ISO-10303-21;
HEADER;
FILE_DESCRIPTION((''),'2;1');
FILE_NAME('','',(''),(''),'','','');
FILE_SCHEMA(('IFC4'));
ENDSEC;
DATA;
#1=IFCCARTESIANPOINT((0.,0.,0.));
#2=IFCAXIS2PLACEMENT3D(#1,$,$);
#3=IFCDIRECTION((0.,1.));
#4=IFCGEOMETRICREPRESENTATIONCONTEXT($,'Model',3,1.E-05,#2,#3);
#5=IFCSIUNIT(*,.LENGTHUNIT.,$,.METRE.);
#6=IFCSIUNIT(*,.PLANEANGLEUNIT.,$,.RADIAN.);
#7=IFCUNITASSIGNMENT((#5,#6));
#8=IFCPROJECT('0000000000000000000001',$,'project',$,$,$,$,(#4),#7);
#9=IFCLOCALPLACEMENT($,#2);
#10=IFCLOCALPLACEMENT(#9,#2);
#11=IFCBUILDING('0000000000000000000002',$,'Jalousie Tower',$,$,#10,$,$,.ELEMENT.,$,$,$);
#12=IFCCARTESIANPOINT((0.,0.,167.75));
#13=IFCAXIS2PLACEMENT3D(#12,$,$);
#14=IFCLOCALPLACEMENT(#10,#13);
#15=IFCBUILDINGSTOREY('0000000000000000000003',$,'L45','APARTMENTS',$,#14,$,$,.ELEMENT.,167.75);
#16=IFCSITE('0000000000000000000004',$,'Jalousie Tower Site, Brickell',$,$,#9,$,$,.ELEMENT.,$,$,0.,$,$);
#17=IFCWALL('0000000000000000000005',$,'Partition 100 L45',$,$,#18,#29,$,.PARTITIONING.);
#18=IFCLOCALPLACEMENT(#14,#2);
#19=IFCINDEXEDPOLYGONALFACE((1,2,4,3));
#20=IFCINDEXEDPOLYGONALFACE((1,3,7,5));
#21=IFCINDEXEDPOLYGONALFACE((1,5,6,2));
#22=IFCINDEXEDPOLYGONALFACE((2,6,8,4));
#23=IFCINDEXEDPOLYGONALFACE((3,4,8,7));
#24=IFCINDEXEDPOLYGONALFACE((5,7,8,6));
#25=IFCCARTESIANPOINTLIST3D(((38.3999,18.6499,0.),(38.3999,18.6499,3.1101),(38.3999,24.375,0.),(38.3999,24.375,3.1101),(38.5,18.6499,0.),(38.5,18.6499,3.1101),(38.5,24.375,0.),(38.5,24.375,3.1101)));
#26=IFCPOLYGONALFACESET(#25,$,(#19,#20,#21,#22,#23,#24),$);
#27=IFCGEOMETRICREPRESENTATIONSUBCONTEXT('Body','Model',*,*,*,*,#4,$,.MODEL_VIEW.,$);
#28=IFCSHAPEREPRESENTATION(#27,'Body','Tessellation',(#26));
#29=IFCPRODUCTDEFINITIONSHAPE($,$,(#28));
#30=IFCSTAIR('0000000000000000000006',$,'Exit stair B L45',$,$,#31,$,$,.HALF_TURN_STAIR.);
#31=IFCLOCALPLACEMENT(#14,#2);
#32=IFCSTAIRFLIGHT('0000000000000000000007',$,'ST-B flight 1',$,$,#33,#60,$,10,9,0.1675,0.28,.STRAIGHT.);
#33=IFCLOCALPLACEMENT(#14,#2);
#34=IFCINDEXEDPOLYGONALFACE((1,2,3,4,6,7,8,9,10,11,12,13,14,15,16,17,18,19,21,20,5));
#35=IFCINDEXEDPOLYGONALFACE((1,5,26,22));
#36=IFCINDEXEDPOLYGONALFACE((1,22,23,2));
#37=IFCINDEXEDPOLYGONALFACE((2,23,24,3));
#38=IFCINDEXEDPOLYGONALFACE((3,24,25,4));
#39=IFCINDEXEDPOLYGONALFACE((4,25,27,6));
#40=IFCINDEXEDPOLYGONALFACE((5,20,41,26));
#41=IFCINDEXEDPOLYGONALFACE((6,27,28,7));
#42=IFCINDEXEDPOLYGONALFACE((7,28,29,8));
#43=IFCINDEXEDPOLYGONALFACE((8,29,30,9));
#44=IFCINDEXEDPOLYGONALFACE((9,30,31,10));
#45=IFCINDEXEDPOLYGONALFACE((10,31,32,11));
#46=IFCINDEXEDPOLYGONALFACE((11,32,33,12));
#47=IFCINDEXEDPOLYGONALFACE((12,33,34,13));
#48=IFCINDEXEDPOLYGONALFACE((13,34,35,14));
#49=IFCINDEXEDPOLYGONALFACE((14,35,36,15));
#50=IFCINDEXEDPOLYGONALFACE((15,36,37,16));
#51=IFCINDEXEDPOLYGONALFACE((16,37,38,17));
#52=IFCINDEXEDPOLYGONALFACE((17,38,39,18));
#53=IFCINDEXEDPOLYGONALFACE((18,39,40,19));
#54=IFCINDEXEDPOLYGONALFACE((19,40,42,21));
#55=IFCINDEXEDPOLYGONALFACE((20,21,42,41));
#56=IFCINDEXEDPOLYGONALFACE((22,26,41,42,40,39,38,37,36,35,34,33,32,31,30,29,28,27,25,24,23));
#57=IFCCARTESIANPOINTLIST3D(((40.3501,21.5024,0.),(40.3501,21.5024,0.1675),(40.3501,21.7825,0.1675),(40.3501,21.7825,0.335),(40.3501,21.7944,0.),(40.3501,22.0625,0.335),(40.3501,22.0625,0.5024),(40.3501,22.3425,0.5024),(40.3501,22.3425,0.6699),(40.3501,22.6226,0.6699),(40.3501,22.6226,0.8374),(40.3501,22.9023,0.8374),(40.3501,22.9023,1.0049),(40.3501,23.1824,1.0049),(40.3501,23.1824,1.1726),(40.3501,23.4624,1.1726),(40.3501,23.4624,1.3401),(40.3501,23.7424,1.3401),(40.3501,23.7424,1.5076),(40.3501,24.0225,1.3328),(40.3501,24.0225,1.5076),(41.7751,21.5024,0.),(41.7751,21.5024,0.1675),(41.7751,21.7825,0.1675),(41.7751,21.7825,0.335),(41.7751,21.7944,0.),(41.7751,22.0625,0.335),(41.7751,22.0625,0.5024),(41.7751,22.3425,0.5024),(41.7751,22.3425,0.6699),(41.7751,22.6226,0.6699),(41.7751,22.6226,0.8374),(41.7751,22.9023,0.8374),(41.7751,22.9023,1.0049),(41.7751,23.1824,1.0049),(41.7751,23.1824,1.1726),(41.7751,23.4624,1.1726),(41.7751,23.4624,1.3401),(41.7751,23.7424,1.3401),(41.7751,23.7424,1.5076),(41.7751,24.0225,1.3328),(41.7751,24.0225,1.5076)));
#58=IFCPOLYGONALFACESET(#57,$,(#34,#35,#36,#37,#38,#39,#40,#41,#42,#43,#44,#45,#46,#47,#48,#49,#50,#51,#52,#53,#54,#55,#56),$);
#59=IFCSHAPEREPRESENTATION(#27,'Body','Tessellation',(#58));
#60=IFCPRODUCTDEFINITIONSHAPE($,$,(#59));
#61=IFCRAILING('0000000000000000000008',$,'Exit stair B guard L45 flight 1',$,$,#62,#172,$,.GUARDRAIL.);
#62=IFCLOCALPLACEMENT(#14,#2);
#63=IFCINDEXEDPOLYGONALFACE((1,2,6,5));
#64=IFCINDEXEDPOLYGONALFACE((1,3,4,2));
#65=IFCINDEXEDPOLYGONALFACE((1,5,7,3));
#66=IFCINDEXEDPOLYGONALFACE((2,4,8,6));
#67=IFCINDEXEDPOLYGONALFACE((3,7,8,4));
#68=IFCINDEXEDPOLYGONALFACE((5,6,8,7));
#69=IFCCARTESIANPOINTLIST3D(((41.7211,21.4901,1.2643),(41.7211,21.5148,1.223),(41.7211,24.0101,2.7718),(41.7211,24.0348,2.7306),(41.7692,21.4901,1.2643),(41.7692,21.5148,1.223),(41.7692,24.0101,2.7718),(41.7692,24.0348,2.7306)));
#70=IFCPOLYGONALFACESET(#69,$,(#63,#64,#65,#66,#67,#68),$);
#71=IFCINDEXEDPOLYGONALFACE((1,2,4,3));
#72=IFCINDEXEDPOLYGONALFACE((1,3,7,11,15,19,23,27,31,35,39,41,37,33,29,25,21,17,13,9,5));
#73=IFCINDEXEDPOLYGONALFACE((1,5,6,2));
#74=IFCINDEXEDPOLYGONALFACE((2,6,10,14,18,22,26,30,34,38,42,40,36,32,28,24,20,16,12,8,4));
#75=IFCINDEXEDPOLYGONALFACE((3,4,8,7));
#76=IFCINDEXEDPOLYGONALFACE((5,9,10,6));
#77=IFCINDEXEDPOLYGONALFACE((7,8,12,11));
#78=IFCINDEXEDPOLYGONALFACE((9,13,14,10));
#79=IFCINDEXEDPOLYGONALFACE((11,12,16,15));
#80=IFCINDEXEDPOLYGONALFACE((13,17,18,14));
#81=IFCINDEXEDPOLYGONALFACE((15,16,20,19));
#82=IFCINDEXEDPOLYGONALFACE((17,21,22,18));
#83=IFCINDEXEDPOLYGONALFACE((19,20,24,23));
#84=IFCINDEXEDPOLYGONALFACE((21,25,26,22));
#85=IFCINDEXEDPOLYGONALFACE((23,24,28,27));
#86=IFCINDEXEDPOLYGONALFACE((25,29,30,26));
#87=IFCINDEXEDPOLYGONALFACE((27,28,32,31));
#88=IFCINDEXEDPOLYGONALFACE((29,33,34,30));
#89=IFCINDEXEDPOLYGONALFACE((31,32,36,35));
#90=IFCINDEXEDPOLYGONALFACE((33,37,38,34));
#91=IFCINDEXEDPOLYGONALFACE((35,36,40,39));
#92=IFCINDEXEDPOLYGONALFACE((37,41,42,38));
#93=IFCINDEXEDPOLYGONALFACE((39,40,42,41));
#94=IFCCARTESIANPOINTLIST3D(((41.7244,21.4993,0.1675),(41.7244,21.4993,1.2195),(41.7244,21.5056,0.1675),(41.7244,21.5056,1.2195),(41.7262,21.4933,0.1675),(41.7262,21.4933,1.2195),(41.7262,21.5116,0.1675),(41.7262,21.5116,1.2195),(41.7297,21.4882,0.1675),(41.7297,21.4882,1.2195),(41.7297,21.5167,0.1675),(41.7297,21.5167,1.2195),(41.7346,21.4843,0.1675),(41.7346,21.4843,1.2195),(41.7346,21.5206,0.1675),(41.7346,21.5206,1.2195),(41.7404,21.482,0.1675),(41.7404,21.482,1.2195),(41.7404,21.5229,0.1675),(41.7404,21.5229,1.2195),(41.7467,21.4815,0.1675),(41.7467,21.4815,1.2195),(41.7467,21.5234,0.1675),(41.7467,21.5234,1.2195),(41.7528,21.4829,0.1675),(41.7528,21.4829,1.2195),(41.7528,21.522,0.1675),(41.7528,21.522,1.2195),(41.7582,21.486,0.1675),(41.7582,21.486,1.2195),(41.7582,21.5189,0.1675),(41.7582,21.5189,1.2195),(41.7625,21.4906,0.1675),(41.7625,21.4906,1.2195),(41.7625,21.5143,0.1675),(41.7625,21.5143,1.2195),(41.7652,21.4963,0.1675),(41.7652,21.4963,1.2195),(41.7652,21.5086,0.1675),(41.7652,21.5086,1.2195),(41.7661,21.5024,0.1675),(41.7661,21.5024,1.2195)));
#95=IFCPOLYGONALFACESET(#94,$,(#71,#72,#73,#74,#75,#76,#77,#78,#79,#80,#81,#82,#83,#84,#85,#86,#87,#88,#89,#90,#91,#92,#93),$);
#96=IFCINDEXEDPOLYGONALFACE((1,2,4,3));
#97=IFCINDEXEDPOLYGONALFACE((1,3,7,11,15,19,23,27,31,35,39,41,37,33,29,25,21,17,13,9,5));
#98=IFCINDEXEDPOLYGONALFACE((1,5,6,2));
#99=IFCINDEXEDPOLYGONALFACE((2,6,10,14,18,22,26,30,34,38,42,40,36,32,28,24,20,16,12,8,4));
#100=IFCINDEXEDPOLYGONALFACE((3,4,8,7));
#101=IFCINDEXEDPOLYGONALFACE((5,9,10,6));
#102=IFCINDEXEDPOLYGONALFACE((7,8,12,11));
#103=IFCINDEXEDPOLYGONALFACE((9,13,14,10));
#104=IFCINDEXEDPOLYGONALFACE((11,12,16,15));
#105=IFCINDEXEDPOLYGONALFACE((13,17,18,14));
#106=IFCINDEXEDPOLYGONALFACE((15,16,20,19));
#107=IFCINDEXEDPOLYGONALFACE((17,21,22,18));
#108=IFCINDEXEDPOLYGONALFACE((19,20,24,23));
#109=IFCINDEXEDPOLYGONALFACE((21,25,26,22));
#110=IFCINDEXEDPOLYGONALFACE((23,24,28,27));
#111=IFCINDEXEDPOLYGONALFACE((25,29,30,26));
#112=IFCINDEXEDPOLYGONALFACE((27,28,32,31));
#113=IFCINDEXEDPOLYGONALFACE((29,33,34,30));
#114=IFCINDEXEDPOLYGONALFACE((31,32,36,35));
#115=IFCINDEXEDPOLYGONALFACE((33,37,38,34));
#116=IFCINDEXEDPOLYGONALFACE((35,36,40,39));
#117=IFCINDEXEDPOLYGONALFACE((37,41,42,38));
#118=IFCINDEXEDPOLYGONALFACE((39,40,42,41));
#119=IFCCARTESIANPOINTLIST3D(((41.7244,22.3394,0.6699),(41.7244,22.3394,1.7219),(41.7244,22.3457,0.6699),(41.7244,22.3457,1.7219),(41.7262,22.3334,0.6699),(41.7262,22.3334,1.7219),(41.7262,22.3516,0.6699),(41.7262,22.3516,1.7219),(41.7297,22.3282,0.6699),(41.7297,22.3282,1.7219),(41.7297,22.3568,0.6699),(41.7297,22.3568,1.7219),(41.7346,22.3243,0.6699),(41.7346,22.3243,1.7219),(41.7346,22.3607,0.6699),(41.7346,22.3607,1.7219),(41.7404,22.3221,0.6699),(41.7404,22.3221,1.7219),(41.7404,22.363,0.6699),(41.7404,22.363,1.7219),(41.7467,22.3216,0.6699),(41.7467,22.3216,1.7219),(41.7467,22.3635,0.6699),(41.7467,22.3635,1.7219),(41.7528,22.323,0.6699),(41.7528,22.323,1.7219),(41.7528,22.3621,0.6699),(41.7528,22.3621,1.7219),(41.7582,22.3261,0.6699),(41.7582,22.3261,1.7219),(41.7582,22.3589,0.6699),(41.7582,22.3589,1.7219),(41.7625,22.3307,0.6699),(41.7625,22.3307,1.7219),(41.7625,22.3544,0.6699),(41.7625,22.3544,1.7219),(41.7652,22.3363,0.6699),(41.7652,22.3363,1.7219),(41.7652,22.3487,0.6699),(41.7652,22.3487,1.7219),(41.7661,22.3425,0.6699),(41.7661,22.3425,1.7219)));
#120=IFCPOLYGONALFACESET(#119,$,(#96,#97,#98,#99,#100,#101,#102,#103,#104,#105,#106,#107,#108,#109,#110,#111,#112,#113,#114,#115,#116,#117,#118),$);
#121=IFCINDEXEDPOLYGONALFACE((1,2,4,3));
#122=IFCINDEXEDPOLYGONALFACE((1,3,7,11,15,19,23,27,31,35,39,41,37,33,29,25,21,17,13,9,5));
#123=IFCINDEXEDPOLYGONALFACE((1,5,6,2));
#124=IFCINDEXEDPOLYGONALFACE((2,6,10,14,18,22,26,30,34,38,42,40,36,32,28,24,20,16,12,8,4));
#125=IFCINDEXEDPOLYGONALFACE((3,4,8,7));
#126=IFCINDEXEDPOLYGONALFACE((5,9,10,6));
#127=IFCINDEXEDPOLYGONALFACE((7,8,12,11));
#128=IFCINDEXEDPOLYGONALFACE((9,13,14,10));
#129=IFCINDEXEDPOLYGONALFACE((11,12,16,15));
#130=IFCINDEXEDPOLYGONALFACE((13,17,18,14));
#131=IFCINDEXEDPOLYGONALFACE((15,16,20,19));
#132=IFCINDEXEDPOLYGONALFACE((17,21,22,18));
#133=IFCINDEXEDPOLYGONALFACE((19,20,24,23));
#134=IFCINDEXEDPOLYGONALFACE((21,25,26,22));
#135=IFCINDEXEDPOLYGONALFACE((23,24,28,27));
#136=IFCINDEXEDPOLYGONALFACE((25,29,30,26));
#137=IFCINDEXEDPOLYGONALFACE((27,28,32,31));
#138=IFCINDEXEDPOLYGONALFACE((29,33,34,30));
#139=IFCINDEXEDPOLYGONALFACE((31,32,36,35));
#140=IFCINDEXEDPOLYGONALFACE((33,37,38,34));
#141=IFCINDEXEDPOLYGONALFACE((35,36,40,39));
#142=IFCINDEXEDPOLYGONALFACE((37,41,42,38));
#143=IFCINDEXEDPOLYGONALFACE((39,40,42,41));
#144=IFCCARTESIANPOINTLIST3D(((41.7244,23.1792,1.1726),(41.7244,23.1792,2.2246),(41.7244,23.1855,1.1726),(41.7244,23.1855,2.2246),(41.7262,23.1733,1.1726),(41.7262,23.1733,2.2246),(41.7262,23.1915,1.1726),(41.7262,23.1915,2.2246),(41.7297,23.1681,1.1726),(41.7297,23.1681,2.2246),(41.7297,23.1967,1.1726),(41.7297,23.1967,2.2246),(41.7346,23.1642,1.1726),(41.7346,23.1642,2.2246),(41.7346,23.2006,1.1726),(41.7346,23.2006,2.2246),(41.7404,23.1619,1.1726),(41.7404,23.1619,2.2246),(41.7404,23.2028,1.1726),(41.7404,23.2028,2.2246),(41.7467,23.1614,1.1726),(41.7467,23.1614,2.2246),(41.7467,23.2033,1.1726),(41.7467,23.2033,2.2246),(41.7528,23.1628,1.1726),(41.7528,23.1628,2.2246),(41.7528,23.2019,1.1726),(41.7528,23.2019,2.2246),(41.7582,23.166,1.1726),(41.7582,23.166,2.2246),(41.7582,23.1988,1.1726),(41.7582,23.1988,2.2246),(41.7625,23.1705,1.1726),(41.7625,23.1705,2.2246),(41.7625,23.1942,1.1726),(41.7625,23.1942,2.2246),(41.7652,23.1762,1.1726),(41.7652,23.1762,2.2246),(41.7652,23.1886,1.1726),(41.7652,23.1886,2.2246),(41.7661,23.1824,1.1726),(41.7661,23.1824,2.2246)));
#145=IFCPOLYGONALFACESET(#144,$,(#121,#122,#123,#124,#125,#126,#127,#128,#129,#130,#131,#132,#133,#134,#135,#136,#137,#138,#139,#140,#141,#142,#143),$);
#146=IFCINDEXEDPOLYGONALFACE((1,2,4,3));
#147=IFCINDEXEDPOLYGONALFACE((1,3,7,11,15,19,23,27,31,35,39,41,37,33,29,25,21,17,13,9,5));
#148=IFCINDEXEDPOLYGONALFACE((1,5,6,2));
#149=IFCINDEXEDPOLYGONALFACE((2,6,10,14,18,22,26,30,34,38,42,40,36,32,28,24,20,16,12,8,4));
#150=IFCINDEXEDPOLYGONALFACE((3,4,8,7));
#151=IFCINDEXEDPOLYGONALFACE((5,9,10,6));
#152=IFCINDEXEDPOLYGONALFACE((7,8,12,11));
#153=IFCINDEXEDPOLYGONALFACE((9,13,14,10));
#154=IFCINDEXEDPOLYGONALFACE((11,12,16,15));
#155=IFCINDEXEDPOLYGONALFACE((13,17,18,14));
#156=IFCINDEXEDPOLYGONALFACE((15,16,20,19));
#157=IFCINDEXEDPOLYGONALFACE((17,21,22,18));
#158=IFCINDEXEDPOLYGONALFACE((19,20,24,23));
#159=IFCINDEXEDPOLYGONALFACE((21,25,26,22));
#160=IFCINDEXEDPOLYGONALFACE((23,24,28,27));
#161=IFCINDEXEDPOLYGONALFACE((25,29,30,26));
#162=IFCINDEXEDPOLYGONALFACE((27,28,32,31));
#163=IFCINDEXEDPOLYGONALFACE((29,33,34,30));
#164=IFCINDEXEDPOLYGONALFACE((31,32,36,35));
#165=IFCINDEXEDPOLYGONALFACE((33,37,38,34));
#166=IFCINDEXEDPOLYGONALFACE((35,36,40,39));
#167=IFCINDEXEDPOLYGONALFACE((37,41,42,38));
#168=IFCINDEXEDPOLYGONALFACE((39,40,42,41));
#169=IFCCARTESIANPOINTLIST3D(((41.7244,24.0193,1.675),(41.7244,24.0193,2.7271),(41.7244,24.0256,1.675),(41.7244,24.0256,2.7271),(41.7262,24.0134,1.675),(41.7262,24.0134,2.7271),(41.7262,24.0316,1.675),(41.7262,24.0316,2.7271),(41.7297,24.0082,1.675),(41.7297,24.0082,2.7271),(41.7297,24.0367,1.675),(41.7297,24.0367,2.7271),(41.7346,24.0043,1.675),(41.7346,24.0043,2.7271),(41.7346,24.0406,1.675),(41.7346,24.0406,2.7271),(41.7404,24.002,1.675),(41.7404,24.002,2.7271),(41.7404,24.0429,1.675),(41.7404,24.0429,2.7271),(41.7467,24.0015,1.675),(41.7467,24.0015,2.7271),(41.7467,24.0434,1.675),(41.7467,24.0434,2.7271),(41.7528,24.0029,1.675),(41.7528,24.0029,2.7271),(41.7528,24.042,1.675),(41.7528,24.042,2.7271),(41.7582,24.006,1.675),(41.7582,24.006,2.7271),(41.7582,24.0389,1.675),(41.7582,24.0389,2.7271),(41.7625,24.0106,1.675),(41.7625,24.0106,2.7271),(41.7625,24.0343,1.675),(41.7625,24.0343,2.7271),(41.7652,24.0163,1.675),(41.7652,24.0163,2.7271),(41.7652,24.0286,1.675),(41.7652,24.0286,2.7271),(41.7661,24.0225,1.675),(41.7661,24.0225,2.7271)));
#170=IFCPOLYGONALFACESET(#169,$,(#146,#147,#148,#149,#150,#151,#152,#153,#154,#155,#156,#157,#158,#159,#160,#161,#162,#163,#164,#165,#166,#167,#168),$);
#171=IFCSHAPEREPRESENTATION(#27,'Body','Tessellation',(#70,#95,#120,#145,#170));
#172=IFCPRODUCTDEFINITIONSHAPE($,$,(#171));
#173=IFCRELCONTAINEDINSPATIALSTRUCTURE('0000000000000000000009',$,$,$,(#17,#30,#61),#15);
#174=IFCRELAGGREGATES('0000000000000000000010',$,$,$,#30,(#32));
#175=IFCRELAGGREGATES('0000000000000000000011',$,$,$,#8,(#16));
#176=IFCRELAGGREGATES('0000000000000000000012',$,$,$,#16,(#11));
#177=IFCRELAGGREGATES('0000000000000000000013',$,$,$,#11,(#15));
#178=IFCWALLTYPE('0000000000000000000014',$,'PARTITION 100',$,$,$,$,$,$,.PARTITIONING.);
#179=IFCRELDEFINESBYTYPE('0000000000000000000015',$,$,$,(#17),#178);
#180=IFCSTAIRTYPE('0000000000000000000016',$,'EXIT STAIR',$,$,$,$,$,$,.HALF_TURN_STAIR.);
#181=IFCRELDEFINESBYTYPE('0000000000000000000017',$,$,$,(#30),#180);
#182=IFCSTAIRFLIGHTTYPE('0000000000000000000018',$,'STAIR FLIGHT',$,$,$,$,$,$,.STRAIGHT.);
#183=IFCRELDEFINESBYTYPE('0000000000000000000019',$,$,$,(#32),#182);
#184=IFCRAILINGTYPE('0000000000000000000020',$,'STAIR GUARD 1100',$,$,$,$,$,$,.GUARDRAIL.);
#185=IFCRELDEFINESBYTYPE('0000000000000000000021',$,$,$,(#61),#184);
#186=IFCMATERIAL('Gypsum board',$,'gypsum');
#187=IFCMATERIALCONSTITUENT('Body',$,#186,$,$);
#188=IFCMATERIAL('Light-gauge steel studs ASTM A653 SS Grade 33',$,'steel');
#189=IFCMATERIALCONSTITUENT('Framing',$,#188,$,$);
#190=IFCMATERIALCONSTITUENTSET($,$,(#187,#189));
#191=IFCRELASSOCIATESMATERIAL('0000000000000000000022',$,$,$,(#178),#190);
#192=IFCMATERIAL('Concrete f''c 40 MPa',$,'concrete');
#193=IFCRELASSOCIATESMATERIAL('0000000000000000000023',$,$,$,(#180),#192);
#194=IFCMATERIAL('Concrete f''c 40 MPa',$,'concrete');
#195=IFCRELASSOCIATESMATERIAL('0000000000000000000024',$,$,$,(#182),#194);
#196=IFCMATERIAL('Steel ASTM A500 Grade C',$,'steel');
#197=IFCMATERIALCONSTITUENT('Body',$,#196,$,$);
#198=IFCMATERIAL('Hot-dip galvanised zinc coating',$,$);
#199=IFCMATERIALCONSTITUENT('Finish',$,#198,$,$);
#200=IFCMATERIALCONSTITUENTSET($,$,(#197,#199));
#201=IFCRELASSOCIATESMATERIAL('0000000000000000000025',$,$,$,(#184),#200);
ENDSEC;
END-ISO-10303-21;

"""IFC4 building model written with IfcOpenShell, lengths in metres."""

from ifc_helpers import new_model, si_unit, direction, frame, frame_2d, origin, origin_2d, place, context, subcontext, project, spatial, polyline, rectangle, circle, outline, extrude, material, constituent, constituent_set, type_object, element, aggregate, save


model = new_model("IFC4")

# Units and contexts
model_context = context("Model", 3, precision=1e-05, world=origin(), true_north=direction((0.0, 1.0)))
body_context = subcontext(model_context, "Body", "Model", "MODEL_VIEW")
ifc_project = project(units=[si_unit("LENGTHUNIT", "METRE"), si_unit("PLANEANGLEUNIT", "RADIAN")], contexts=[model_context])

# Site, building, storey
site_placement = place(None, origin())
site = spatial("IfcSite", under=ifc_project, at=site_placement, Name="Jalousie Tower Site, Brickell", CompositionType="ELEMENT", RefElevation=0.0)
building_placement = place(site_placement, origin())
building = spatial("IfcBuilding", under=site, at=building_placement, Name="Jalousie Tower", CompositionType="ELEMENT")
storey_placement = place(building_placement, frame((0.0, 0.0, 167.75)))
storey = spatial("IfcBuildingStorey", under=building, at=storey_placement, Name="L45", Description="APARTMENTS", CompositionType="ELEMENT", Elevation=167.75)

# Wall
ifc_material_1 = material(Name="Gypsum board", Category="gypsum")
ifc_constituent_1 = constituent(ifc_material_1, Name="Body")
ifc_material_2 = material(Name="Light-gauge steel studs ASTM A653 SS Grade 33", Category="steel")
ifc_constituent_2 = constituent(ifc_material_2, Name="Framing")
ifc_constituent_set_1 = constituent_set(constituents=[ifc_constituent_1, ifc_constituent_2])
wall_type_1 = type_object("IfcWallType", Name="PARTITION 100", PredefinedType="PARTITIONING", material=ifc_constituent_set_1)
wall_1_placement = place(storey_placement, frame((38.45, 18.6499, 0.0), z_axis=(0.0, 0.0, 1.0), x_axis=(0.0, 1.0, 0.0)))
element("IfcWall", 1, at=wall_1_placement, inside=storey, type_object=wall_type_1, Name="Partition 100 L45", PredefinedType="PARTITIONING", context=body_context, shape_type="SweptSolid", body=[
    extrude(rectangle(XDim=5.7251, YDim=0.1001, at=frame_2d((2.8625, 0.0))), origin(), (0.0, 0.0, 1.0), 3.1101),
])

# Stair, stair flight
ifc_material_3 = material(Name="Concrete f'c 40 MPa", Category="concrete")
stair_type = type_object("IfcStairType", Name="EXIT STAIR", PredefinedType="HALF_TURN_STAIR", material=ifc_material_3)
stair_placement = place(storey_placement, origin())
stair = element("IfcStair", 2, at=stair_placement, inside=storey, type_object=stair_type, Name="Exit stair B L45", PredefinedType="HALF_TURN_STAIR")
ifc_material_4 = material(Name="Concrete f'c 40 MPa", Category="concrete")
stair_flight_type = type_object("IfcStairFlightType", Name="STAIR FLIGHT", PredefinedType="STRAIGHT", material=ifc_material_4)
stair_flight_placement = place(storey_placement, frame((41.0625, 21.5024, 0.0), z_axis=(0.0, 0.0, 1.0), x_axis=(0.0, 1.0, 0.0)))
stair_flight = element("IfcStairFlight", 3, at=stair_flight_placement, type_object=stair_flight_type, Name="ST-B flight 1", NumberOfRisers=10, NumberOfTreads=9, PredefinedType="STRAIGHT", RiserHeight=0.1675, TreadLength=0.28, context=body_context, shape_type="SweptSolid", body=[
    extrude(outline(polyline([(0.0, 0.0), (0.0, 0.1675), (0.28, 0.1675), (0.28, 0.335), (0.5601, 0.335), (0.5601, 0.5024), (0.8401, 0.5024), (0.8401, 0.6699), (1.1201, 0.6699), (1.1201, 0.8374), (1.3999, 0.8374), (1.3999, 1.0049), (1.6799, 1.0049), (1.6799, 1.1726), (1.96, 1.1726), (1.96, 1.3401), (2.24, 1.3401), (2.24, 1.5076), (2.52, 1.5076), (2.52, 1.675), (2.52, 1.3328), (0.292, 0.0), (0.0, 0.0)])), frame((0.0, 0.7124, 0.0), z_axis=(0.0, -1.0, 0.0), x_axis=(1.0, 0.0, 0.0)), (0.0, 0.0, 1.0), 1.425),
])
aggregate(stair, [stair_flight])

# Railing
ifc_material_5 = material(Name="Steel ASTM A500 Grade C", Category="steel")
ifc_constituent_3 = constituent(ifc_material_5, Name="Body")
ifc_material_6 = material(Name="Hot-dip galvanised zinc coating")
ifc_constituent_4 = constituent(ifc_material_6, Name="Finish")
ifc_constituent_set_2 = constituent_set(constituents=[ifc_constituent_3, ifc_constituent_4])
railing_type_1 = type_object("IfcRailingType", Name="STAIR GUARD 1100", PredefinedType="GUARDRAIL", material=ifc_constituent_set_2)
railing_1_placement = place(storey_placement, frame((41.7451, 21.5024, 0.1675)))
element("IfcRailing", 4, at=railing_1_placement, inside=storey, type_object=railing_type_1, Name="Exit stair B guard L45 flight 1", PredefinedType="GUARDRAIL", context=body_context, shape_type="SweptSolid", body=[
    extrude(rectangle(XDim=0.0481, YDim=0.0481, at=origin_2d()), frame((0.0, 0.0, 1.0762), z_axis=(0.0, 0.85816, 0.513383), x_axis=(-1.0, 0.0, 0.0)), (0.0, 0.0, 1.0), 2.9365),
    extrude(circle(Radius=0.021, at=origin_2d()), origin(), (0.0, 0.0, 1.0), 1.052),
    extrude(circle(Radius=0.021, at=origin_2d()), frame((0.0, 0.8401, 0.5024)), (0.0, 0.0, 1.0), 1.052),
    extrude(circle(Radius=0.021, at=origin_2d()), frame((0.0, 1.6799, 1.0051)), (0.0, 0.0, 1.0), 1.052),
    extrude(circle(Radius=0.021, at=origin_2d()), frame((0.0, 2.52, 1.5076)), (0.0, 0.0, 1.0), 1.052),
])

save(model, "model.ifc")
